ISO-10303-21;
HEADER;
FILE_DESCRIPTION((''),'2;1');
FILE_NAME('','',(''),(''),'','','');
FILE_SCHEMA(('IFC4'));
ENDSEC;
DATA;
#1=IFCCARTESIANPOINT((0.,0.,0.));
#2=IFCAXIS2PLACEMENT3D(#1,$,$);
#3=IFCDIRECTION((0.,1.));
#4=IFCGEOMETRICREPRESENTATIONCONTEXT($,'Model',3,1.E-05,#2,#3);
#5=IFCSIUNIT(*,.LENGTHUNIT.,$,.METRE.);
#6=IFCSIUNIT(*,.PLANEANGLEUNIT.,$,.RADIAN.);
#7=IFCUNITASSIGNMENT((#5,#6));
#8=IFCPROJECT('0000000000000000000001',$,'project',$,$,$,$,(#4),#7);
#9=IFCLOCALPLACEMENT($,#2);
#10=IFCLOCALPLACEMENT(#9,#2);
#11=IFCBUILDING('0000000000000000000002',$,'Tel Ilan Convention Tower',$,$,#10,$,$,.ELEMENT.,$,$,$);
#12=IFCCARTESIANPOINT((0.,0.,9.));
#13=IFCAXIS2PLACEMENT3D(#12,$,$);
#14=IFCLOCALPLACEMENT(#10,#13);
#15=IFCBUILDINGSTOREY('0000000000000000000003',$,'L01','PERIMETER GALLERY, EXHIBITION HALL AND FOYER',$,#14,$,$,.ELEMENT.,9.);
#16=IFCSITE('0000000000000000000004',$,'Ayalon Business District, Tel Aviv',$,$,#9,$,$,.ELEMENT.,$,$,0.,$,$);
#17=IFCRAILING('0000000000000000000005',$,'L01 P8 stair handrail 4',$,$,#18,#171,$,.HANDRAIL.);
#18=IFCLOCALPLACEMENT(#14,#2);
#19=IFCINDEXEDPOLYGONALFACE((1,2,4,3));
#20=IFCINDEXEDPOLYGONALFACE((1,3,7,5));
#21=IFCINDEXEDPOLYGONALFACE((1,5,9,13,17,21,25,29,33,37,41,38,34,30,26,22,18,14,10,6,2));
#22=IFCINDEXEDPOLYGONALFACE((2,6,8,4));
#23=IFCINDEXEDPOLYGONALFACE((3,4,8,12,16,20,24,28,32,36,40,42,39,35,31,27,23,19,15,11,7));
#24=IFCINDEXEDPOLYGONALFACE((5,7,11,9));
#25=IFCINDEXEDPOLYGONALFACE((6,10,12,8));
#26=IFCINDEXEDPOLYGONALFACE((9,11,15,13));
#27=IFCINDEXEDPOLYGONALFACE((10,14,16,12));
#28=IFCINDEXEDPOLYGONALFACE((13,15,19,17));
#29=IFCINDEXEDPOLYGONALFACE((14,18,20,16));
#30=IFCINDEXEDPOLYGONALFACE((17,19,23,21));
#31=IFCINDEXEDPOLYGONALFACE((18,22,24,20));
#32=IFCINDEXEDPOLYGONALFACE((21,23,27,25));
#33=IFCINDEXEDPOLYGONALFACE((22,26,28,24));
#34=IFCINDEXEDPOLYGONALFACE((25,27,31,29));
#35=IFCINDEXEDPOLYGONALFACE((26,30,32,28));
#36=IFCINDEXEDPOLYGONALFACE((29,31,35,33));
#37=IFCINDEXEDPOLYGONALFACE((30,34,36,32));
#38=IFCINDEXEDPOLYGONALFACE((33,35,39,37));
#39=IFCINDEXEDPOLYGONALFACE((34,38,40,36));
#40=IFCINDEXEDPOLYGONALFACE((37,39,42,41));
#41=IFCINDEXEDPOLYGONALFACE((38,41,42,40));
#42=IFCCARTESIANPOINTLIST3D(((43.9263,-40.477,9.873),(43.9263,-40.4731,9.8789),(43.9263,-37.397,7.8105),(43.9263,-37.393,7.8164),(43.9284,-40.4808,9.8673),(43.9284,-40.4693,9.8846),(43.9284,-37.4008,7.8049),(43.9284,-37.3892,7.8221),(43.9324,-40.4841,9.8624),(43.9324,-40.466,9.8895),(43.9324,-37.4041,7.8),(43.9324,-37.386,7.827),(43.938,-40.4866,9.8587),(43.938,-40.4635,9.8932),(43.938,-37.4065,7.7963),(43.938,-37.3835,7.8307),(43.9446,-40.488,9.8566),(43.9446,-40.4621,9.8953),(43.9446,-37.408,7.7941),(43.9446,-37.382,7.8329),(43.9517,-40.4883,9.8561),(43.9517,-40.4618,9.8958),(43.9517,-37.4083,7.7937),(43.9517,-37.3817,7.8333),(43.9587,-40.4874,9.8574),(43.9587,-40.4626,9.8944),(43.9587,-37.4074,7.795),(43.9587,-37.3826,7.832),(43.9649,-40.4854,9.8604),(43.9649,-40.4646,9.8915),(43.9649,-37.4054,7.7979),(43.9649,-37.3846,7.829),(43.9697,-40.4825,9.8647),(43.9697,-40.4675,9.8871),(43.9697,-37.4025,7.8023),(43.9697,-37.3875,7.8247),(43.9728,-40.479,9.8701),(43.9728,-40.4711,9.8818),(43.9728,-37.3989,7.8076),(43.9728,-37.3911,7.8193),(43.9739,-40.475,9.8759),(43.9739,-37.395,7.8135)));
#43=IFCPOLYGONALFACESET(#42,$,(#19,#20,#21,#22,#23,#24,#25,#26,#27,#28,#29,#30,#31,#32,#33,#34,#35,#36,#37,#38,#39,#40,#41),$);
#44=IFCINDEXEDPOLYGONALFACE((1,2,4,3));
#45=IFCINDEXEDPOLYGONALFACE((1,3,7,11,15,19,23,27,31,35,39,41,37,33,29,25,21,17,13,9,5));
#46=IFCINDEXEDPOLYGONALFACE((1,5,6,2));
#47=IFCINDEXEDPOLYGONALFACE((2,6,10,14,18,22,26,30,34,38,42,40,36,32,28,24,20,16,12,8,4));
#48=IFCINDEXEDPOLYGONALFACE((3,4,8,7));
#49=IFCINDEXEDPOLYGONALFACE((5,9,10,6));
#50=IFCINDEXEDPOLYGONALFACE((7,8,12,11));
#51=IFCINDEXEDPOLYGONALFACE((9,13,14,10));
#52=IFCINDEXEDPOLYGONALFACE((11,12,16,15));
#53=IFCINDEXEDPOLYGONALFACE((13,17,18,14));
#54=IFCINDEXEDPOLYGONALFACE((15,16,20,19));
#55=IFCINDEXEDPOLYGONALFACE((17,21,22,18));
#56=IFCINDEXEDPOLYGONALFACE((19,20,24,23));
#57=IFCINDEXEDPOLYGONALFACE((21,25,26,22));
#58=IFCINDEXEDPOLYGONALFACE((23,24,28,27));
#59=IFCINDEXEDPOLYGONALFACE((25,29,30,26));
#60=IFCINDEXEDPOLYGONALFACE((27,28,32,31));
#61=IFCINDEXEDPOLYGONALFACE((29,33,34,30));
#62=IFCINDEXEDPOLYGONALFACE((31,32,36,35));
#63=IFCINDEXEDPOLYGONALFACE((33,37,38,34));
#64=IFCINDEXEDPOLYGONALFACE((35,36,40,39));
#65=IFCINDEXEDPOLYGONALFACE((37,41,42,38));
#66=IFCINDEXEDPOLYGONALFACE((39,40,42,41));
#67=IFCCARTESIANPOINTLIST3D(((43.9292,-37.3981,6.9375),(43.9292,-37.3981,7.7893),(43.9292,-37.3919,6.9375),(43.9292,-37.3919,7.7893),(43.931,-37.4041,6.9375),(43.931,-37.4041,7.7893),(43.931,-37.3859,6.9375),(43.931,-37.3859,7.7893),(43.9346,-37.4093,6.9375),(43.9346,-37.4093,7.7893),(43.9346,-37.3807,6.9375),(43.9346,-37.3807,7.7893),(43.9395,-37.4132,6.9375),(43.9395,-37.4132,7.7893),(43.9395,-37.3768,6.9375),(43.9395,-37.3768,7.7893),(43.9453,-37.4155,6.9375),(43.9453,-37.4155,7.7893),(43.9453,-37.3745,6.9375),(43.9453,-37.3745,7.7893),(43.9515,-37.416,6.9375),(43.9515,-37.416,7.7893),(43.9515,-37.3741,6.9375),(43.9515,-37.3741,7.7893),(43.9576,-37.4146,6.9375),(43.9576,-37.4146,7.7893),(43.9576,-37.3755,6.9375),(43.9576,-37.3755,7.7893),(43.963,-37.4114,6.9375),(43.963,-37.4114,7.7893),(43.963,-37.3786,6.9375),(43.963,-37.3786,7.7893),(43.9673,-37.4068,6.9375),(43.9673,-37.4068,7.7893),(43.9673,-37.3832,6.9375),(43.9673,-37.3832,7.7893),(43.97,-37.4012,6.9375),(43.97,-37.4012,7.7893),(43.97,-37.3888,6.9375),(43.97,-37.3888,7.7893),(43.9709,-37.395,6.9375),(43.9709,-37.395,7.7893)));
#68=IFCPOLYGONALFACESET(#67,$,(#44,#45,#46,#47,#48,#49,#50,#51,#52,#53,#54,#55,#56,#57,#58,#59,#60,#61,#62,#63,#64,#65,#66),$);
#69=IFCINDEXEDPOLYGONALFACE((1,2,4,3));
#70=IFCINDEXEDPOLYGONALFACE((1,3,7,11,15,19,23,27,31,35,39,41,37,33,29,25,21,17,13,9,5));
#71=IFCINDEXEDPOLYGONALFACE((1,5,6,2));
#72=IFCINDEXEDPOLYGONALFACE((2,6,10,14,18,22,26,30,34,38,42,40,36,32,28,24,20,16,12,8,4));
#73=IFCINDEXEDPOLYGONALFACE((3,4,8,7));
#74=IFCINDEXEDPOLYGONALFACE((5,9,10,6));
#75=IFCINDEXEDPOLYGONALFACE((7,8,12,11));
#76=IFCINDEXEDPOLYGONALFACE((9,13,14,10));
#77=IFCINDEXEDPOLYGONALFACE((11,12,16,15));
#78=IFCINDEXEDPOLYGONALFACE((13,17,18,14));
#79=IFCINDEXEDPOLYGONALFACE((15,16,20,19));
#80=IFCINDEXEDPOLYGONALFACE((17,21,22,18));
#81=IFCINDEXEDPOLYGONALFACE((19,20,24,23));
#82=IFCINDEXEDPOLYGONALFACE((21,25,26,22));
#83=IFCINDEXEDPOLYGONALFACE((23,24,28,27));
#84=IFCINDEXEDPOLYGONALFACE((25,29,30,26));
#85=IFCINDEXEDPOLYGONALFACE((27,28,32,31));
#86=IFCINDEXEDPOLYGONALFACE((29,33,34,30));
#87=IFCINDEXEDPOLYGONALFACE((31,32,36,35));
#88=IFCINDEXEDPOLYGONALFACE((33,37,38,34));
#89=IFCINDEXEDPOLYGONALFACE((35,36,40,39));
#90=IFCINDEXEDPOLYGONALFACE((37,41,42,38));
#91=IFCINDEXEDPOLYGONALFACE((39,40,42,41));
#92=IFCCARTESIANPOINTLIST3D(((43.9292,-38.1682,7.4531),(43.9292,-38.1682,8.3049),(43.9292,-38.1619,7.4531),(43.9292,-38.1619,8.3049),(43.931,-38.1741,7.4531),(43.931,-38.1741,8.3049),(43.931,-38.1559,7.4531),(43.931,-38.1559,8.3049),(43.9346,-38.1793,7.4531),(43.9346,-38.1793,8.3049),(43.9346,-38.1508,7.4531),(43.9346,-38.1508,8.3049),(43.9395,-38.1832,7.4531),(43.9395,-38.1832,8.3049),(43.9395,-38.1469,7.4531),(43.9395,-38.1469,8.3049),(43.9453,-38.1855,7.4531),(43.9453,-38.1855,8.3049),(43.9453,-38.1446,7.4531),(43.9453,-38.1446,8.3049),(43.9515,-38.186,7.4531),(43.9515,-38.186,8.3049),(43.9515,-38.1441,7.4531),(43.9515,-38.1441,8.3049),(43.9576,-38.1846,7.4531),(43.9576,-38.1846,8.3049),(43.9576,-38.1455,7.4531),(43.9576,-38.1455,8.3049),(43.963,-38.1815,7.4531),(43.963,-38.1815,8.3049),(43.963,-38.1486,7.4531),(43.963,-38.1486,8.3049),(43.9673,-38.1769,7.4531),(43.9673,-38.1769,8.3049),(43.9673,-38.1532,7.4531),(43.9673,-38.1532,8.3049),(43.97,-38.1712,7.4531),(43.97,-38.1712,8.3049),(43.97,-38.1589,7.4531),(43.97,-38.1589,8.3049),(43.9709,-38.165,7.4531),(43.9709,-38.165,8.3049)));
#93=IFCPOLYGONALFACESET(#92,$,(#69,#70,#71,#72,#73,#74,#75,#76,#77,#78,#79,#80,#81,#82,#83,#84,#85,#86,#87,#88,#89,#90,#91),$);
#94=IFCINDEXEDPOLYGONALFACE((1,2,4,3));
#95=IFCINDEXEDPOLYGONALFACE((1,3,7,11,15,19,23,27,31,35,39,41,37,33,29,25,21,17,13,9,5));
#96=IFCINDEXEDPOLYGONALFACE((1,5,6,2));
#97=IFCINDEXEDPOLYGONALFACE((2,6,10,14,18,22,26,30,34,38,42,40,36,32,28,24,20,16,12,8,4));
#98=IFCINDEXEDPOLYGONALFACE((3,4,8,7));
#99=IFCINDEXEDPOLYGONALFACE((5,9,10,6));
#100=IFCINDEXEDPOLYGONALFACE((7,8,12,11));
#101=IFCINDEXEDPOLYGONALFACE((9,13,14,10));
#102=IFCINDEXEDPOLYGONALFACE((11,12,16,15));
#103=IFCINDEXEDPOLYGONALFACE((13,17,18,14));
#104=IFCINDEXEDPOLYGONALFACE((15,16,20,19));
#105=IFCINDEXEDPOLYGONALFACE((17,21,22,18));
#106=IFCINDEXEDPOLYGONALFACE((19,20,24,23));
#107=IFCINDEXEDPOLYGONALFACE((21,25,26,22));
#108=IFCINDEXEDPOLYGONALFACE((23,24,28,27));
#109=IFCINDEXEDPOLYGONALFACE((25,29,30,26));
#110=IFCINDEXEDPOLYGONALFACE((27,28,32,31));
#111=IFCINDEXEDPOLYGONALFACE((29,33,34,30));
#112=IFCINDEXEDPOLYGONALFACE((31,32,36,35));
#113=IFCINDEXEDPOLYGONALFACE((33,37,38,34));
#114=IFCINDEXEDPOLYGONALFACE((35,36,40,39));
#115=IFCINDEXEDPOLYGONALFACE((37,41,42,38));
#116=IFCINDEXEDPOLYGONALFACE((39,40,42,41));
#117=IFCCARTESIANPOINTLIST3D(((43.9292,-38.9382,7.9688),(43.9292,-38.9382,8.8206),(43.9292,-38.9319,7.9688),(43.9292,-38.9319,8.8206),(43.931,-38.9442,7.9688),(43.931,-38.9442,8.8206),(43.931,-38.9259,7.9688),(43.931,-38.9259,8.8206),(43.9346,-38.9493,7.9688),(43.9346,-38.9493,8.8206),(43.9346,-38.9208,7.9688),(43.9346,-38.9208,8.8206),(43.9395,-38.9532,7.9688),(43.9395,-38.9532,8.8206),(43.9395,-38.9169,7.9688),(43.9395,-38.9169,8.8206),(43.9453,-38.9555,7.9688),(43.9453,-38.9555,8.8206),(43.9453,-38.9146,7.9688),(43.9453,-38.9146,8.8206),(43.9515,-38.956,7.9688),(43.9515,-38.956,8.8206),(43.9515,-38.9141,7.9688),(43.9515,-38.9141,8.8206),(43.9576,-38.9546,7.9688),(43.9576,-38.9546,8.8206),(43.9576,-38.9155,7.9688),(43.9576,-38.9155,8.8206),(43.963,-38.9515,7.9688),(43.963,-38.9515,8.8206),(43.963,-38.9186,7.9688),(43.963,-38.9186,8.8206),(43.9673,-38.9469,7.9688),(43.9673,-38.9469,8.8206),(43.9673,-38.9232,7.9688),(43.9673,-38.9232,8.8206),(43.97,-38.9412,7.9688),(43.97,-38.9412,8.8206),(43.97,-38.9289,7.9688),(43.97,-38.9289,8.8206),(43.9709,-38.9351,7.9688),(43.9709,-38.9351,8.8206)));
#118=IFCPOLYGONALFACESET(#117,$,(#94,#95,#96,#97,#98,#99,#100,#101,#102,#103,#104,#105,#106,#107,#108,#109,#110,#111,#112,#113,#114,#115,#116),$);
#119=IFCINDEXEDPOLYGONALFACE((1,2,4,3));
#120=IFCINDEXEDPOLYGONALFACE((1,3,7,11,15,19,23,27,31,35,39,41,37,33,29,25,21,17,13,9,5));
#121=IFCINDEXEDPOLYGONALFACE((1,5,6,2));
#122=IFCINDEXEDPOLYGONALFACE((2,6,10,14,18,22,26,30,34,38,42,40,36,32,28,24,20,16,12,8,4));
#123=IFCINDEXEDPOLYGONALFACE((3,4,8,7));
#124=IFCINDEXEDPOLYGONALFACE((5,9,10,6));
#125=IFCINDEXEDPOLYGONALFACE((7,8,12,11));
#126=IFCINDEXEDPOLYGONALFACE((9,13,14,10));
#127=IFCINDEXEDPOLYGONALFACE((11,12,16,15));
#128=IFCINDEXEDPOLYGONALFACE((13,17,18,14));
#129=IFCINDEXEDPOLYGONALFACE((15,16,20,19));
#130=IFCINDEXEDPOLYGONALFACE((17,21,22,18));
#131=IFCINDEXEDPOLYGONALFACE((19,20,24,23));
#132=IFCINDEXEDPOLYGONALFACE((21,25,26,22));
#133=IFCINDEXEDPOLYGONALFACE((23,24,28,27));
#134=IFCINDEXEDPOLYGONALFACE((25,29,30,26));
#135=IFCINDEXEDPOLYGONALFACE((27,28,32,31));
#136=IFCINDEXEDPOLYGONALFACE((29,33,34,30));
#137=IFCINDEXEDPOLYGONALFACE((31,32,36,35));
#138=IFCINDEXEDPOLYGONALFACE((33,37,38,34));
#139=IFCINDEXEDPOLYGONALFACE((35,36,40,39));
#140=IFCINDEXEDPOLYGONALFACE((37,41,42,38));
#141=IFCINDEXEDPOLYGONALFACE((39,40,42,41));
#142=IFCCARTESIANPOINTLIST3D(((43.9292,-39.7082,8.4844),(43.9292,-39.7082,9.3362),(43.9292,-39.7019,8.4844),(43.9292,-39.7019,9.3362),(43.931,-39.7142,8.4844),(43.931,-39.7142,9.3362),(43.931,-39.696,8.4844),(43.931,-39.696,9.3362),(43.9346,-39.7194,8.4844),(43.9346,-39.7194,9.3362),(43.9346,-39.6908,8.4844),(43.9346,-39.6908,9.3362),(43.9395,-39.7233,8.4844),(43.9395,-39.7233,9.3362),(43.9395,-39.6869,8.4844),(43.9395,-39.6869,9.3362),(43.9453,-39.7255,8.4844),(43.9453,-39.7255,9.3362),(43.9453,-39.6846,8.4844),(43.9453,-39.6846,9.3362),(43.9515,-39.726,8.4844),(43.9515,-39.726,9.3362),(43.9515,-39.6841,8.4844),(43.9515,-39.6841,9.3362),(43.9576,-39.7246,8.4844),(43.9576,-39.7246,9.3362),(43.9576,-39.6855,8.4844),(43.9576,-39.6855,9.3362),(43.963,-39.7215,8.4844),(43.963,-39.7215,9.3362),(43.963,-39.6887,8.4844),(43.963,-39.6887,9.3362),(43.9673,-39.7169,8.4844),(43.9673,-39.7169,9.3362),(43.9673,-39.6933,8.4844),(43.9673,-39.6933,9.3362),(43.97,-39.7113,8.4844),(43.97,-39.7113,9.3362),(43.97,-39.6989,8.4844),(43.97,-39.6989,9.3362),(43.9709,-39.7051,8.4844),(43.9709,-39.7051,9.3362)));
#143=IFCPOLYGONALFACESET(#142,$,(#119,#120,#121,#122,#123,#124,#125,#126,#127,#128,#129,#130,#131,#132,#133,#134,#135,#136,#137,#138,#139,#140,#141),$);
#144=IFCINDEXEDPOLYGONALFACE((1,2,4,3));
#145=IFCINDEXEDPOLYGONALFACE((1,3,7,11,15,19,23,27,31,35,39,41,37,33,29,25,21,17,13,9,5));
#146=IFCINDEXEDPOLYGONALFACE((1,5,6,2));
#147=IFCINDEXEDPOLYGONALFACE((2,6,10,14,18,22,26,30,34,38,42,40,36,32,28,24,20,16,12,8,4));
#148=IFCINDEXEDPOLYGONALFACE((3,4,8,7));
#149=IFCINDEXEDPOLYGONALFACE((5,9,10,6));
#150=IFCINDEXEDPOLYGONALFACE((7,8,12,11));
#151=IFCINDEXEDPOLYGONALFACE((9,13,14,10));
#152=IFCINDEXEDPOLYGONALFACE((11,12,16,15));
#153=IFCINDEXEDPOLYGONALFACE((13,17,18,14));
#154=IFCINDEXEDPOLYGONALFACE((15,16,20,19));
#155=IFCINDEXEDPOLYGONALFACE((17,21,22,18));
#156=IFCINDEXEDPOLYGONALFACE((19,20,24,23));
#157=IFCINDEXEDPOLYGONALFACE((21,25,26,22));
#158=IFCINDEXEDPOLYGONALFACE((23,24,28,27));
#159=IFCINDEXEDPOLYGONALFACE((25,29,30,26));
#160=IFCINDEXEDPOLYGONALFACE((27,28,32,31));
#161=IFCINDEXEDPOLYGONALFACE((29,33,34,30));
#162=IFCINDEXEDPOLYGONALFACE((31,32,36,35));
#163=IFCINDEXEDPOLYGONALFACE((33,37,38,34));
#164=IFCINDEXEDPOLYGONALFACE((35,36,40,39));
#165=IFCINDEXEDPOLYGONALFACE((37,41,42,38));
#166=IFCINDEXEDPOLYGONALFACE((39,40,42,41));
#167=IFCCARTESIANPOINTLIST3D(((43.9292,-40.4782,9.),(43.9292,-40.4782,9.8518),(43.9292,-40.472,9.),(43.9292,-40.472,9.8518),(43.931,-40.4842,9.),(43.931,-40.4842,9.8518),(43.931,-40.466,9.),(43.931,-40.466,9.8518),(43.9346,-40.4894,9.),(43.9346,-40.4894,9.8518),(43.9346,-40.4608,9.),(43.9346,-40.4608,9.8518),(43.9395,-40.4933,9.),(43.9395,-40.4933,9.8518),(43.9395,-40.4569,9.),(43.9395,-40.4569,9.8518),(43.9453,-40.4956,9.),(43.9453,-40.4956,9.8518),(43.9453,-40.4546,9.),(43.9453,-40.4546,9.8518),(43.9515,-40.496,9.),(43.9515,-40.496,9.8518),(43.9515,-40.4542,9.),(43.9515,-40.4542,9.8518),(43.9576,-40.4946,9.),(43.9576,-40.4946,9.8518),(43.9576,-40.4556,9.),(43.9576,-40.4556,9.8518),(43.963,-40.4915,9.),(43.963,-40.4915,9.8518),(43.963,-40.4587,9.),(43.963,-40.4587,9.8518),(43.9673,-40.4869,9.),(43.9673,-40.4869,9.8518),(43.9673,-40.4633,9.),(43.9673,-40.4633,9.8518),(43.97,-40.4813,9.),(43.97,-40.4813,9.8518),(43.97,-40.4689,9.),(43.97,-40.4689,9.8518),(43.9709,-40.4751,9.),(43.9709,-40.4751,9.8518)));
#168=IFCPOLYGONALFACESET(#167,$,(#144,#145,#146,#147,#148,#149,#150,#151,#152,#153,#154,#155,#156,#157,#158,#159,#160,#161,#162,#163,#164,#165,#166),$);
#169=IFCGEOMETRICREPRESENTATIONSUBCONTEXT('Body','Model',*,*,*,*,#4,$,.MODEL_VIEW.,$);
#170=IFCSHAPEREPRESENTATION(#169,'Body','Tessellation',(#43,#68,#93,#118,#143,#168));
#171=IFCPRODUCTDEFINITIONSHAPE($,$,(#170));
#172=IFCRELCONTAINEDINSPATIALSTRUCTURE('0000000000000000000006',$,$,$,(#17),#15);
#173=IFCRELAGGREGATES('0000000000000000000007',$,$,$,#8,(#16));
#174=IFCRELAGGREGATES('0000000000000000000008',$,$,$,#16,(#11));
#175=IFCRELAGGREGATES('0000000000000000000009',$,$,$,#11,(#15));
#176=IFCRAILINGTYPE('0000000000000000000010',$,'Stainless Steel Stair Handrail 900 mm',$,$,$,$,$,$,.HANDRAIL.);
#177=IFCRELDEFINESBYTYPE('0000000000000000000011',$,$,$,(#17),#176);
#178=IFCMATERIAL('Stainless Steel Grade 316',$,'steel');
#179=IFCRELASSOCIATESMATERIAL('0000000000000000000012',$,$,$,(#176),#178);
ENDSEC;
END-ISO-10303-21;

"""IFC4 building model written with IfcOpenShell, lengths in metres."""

from ifc_helpers import new_model, si_unit, direction, frame, origin, origin_2d, place, context, subcontext, project, spatial, circle, extrude, material, type_object, element, save


model = new_model("IFC4")

# Units and contexts
model_context = context("Model", 3, precision=1e-05, world=origin(), true_north=direction((0.0, 1.0)))
body_context = subcontext(model_context, "Body", "Model", "MODEL_VIEW")
ifc_project = project(units=[si_unit("LENGTHUNIT", "METRE"), si_unit("PLANEANGLEUNIT", "RADIAN")], contexts=[model_context])

# Site, building, storey
site_placement = place(None, origin())
site = spatial("IfcSite", under=ifc_project, at=site_placement, Name="Ayalon Business District, Tel Aviv", CompositionType="ELEMENT", RefElevation=0.0)
building_placement = place(site_placement, origin())
building = spatial("IfcBuilding", under=site, at=building_placement, Name="Tel Ilan Convention Tower", CompositionType="ELEMENT")
storey_placement = place(building_placement, frame((0.0, 0.0, 9.0)))
storey = spatial("IfcBuildingStorey", under=building, at=storey_placement, Name="L01", Description="PERIMETER GALLERY, EXHIBITION HALL AND FOYER", CompositionType="ELEMENT", Elevation=9.0)

# Railing
ifc_material_1 = material(Name="Stainless Steel Grade 316", Category="steel")
railing_type_1 = type_object("IfcRailingType", Name="Stainless Steel Stair Handrail 900 mm", PredefinedType="HANDRAIL", material=ifc_material_1)
railing_1_placement = place(storey_placement, frame((43.95, -37.395, 6.9375)))
element("IfcRailing", 1, at=railing_1_placement, inside=storey, type_object=railing_type_1, Name="L01 P8 stair handrail 4", PredefinedType="HANDRAIL", context=body_context, shape_type="SweptSolid", body=[
    extrude(circle(Radius=0.0239, at=origin_2d()), frame((0.0, 0.0, 0.876), z_axis=(0.0, -0.830914, 0.556401), x_axis=(1.0, 0.0, 0.0)), (0.0, 0.0, 1.0), 3.7068),
    extrude(circle(Radius=0.021, at=origin_2d()), origin(), (0.0, 0.0, 1.0), 0.8518),
    extrude(circle(Radius=0.021, at=origin_2d()), frame((0.0, -0.77, 0.5156)), (0.0, 0.0, 1.0), 0.8518),
    extrude(circle(Radius=0.021, at=origin_2d()), frame((0.0, -1.54, 1.0312)), (0.0, 0.0, 1.0), 0.8518),
    extrude(circle(Radius=0.021, at=origin_2d()), frame((0.0, -2.3101, 1.5469)), (0.0, 0.0, 1.0), 0.8518),
    extrude(circle(Radius=0.021, at=origin_2d()), frame((0.0, -3.0801, 2.0625)), (0.0, 0.0, 1.0), 0.8518),
])

save(model, "model.ifc")
